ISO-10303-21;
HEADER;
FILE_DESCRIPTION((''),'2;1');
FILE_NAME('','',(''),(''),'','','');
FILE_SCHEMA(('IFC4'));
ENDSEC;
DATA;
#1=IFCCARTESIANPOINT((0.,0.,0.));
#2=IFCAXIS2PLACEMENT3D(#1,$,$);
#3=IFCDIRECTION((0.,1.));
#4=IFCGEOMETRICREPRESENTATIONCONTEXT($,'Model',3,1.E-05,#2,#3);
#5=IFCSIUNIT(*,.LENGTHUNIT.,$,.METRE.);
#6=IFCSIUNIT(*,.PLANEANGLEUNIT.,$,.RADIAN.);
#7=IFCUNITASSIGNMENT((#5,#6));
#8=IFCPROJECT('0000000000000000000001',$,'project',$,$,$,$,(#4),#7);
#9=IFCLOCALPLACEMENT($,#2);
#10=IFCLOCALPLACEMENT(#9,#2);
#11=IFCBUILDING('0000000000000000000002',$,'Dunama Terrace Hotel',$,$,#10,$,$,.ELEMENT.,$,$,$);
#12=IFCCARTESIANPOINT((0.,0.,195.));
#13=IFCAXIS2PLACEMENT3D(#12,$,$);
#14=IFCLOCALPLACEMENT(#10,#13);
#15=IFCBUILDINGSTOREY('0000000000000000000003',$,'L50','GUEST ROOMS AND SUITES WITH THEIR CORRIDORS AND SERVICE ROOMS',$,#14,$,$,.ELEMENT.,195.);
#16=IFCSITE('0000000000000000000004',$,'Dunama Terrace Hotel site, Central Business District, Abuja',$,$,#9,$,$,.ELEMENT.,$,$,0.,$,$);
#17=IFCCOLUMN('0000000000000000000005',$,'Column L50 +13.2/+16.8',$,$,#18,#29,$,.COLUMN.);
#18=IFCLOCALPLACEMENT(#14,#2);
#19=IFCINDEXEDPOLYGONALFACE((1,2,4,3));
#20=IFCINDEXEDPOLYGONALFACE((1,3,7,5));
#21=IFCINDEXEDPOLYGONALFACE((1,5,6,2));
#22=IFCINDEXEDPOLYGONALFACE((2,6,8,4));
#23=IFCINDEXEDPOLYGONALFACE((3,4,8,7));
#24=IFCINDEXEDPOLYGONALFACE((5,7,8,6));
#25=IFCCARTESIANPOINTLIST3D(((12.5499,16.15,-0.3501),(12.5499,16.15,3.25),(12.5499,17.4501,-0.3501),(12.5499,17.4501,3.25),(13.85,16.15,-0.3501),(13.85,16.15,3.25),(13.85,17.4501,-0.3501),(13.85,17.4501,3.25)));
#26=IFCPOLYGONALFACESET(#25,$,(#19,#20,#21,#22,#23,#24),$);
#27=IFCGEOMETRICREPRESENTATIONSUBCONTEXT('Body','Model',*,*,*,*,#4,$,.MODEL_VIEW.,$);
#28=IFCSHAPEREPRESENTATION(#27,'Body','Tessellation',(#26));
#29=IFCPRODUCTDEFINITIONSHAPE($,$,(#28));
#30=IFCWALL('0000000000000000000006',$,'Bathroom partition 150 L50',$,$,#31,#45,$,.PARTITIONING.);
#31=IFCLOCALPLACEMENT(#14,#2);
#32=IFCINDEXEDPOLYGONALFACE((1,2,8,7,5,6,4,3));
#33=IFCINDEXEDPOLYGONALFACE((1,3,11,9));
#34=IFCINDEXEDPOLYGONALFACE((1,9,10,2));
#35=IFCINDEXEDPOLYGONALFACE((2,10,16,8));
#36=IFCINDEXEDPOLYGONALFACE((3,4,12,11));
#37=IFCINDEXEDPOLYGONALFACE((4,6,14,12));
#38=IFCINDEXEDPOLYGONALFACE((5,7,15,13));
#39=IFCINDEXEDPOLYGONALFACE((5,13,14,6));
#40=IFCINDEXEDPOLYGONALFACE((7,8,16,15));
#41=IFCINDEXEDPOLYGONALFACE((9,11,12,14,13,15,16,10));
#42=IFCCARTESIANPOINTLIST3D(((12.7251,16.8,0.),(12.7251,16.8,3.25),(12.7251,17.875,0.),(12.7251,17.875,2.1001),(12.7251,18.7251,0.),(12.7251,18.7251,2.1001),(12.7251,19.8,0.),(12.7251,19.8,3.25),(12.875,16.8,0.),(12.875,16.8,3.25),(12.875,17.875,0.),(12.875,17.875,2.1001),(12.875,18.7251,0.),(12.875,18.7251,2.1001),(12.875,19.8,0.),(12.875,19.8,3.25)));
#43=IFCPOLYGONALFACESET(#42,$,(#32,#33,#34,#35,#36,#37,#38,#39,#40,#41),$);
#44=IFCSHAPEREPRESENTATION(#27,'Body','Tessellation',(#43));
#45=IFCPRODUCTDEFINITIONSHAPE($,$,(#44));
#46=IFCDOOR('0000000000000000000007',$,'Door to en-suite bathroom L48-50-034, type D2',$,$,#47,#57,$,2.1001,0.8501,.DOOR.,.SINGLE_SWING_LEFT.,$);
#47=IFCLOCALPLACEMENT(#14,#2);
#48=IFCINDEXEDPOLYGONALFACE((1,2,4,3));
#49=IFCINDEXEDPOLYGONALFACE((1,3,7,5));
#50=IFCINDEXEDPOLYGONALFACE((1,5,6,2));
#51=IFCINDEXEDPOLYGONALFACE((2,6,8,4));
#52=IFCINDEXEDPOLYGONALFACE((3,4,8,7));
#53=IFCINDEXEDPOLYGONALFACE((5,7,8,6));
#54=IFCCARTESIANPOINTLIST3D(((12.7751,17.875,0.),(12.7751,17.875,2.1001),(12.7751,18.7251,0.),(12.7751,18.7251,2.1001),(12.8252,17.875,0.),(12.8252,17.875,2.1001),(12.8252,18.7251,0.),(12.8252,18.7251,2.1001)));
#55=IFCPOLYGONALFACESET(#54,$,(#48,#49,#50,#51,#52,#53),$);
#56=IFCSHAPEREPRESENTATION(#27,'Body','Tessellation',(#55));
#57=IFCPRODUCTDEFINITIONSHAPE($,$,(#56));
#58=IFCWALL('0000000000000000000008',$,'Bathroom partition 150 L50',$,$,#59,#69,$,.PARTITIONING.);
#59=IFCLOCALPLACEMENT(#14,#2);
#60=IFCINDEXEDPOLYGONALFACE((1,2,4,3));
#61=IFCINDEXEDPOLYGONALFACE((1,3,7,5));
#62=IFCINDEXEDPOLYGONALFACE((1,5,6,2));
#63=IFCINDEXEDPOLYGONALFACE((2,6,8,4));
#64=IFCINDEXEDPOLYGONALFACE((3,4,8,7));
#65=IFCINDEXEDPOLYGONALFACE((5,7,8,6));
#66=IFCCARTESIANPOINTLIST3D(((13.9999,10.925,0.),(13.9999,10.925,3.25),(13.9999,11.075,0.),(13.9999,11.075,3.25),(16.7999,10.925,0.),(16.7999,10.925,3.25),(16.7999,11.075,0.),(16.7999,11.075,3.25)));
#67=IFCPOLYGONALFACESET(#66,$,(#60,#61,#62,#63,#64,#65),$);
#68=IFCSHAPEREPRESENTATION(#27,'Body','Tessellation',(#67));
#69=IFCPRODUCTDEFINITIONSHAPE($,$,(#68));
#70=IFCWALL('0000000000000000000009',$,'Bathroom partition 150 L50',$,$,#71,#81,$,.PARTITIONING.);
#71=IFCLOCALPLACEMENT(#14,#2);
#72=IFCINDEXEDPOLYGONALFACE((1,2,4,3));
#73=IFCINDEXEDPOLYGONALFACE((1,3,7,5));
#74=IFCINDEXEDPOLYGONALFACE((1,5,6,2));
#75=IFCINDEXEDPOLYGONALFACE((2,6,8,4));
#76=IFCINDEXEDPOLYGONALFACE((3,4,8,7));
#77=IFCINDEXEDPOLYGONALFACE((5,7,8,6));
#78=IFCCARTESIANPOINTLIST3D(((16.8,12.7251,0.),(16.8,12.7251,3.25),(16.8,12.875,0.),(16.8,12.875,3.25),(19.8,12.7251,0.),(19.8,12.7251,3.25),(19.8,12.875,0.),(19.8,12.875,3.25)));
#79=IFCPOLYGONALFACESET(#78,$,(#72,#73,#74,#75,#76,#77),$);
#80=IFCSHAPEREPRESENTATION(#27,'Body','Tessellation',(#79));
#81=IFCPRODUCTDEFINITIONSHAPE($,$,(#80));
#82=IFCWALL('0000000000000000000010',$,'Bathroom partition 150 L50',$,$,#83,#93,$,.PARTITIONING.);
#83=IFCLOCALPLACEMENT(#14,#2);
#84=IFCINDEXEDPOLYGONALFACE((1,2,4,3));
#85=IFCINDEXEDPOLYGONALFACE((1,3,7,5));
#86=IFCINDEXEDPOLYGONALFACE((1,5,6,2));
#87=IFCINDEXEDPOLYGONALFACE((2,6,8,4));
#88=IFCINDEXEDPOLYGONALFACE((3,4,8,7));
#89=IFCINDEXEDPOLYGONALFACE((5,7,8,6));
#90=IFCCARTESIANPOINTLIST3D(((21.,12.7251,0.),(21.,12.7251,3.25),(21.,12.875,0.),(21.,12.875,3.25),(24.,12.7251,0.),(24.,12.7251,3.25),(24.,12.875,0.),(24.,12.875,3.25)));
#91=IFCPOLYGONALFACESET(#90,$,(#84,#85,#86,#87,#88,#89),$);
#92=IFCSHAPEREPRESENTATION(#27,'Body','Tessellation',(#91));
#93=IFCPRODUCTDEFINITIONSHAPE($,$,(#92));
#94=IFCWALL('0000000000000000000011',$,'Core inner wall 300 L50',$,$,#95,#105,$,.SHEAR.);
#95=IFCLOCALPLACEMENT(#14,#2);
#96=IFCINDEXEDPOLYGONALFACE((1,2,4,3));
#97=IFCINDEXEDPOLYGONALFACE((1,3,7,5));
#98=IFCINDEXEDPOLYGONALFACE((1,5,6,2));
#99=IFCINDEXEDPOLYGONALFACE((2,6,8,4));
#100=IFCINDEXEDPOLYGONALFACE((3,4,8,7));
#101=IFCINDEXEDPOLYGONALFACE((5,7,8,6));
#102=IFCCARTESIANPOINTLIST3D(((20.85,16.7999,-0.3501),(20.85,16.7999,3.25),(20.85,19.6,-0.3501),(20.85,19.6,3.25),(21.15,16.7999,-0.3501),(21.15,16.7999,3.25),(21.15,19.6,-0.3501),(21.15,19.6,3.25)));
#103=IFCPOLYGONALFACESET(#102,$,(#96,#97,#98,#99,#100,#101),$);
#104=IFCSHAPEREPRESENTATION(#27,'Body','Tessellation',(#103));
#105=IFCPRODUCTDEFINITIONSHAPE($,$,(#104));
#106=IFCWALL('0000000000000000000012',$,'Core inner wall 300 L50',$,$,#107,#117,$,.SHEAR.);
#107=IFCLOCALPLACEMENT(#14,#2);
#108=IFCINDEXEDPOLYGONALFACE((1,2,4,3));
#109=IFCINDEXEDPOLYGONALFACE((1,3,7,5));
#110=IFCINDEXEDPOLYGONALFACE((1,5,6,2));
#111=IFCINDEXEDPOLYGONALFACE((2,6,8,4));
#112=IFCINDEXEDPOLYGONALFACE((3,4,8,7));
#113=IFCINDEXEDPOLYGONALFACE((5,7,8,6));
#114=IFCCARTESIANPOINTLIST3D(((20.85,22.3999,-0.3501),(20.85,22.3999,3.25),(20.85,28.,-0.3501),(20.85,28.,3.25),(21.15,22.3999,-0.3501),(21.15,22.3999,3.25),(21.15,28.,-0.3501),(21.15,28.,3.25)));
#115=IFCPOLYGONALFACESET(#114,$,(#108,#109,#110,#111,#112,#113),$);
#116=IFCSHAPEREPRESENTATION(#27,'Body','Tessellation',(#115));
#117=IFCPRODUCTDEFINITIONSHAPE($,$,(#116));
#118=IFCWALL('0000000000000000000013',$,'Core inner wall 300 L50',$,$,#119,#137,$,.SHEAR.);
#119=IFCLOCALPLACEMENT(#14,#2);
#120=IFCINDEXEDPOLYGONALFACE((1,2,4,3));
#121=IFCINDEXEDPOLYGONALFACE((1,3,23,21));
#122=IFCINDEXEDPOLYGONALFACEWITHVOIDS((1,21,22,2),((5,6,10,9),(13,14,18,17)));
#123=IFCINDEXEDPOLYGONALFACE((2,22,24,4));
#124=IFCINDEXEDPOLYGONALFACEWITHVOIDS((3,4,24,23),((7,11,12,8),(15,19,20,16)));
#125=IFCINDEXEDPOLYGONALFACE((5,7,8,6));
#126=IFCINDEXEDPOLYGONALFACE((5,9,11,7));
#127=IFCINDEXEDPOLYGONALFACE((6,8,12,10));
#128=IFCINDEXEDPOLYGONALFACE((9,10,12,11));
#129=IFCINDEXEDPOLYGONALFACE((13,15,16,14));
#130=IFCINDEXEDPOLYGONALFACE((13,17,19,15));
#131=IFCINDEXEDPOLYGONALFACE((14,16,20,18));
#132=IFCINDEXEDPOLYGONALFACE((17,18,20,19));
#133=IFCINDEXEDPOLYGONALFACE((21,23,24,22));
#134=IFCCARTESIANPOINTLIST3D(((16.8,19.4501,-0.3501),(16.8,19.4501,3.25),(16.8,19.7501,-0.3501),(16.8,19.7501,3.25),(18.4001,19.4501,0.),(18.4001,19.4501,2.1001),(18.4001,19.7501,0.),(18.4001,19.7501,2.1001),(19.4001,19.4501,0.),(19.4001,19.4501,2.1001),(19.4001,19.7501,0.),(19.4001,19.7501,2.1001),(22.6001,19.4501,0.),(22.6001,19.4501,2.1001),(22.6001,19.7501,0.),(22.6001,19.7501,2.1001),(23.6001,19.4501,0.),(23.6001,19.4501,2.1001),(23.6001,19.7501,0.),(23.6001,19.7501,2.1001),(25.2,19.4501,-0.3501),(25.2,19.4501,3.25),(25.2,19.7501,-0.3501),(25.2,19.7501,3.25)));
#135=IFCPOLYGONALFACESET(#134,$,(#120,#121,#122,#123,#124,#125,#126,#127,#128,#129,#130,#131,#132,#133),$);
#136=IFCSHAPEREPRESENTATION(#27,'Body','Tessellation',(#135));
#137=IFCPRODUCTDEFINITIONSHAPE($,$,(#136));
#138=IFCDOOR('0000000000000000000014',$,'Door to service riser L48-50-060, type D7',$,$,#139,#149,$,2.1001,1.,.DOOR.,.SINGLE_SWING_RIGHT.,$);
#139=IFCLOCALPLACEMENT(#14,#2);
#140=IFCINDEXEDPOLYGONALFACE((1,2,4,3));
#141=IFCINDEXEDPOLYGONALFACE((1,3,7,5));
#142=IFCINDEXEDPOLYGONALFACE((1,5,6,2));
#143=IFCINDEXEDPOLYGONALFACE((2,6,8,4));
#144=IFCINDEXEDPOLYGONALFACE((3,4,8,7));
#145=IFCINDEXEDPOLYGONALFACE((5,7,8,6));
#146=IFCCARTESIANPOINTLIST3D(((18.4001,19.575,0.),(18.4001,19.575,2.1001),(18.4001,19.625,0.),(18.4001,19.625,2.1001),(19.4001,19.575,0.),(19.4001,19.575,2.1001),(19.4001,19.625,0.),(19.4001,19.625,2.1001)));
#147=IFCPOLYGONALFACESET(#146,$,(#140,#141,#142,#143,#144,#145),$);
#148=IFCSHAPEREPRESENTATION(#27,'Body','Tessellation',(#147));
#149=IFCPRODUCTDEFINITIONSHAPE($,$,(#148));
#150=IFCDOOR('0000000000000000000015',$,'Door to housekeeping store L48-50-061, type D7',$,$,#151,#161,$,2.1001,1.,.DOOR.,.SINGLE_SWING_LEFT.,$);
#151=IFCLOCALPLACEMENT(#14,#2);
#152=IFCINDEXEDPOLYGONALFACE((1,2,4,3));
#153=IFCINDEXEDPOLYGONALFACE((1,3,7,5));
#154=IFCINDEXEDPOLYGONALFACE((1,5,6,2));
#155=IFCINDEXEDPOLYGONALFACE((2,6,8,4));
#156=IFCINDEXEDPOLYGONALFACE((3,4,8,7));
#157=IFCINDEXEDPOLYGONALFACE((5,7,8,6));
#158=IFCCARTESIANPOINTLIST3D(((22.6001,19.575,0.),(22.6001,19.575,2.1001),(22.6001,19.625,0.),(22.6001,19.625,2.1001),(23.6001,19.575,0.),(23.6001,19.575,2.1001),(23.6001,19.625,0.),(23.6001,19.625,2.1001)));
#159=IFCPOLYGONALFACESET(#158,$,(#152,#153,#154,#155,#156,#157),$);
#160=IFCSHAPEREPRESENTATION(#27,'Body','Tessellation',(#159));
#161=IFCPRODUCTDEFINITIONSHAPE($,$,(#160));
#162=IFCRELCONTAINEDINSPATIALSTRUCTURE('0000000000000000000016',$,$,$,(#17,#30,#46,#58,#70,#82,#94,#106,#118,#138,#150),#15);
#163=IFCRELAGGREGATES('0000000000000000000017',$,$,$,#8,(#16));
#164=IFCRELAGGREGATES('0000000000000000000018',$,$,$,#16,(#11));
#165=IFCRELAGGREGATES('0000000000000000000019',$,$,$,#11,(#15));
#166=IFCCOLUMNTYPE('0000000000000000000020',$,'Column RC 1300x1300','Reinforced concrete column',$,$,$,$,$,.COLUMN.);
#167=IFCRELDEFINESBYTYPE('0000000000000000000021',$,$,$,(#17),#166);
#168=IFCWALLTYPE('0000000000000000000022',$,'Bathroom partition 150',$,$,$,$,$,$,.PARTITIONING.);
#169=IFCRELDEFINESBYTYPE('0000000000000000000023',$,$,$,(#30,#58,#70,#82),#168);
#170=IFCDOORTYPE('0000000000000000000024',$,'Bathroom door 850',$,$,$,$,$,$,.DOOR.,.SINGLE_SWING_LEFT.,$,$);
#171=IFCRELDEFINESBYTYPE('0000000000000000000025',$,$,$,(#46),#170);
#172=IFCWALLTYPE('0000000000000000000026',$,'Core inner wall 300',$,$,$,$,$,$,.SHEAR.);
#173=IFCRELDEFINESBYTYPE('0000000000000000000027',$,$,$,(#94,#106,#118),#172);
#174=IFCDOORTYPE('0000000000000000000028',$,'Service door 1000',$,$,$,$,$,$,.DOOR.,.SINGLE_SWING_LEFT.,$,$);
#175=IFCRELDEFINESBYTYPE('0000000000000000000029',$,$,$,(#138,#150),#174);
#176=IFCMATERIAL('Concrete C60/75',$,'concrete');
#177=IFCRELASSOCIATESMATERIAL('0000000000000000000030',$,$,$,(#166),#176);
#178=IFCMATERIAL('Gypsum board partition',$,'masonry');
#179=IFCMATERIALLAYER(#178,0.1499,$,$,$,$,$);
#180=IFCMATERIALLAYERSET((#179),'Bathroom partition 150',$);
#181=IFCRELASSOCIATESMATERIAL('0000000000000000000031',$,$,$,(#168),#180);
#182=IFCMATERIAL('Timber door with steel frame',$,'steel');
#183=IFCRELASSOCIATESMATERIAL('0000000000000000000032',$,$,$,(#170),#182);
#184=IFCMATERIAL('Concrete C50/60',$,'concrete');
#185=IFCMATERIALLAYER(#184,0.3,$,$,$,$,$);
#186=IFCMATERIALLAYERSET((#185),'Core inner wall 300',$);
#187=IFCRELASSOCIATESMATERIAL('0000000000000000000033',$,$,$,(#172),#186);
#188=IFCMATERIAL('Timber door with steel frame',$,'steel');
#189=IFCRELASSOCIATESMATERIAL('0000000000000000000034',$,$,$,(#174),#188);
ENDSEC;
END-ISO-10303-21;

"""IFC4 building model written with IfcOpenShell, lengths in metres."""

from ifc_helpers import new_model, si_unit, direction, frame, frame_2d, origin, origin_2d, place, context, subcontext, project, spatial, rectangle, extrude, material, layer, layer_set, material_profile, profile_set, type_object, element, fill, save


model = new_model("IFC4")

# Units and contexts
model_context = context("Model", 3, precision=1e-05, world=origin(), true_north=direction((0.0, 1.0)))
body_context = subcontext(model_context, "Body", "Model", "MODEL_VIEW")
ifc_project = project(units=[si_unit("LENGTHUNIT", "METRE"), si_unit("PLANEANGLEUNIT", "RADIAN")], contexts=[model_context])

# Site, building, storey
site_placement = place(None, origin())
site = spatial("IfcSite", under=ifc_project, at=site_placement, Name="Dunama Terrace Hotel site, Central Business District, Abuja", CompositionType="ELEMENT", RefElevation=0.0)
building_placement = place(site_placement, origin())
building = spatial("IfcBuilding", under=site, at=building_placement, Name="Dunama Terrace Hotel", CompositionType="ELEMENT")
storey_placement = place(building_placement, frame((0.0, 0.0, 195.0)))
storey = spatial("IfcBuildingStorey", under=building, at=storey_placement, Name="L50", Description="GUEST ROOMS AND SUITES WITH THEIR CORRIDORS AND SERVICE ROOMS", CompositionType="ELEMENT", Elevation=195.0)

# Column
ifc_material_1 = material(Name="Concrete C60/75", Category="concrete")
ifc_material_profile = material_profile(ifc_material_1, rectangle(XDim=1.3, YDim=1.3, at=origin_2d()), Name="RC 1300x1300")
ifc_profile_set = profile_set([ifc_material_profile], Name="Concrete C60/75")
column_type = type_object("IfcColumnType", Name="Column RC 1300x1300", Description="Reinforced concrete column", PredefinedType="COLUMN", material=ifc_profile_set)
column_placement = place(storey_placement, frame((13.2, 16.8, -0.3501), z_axis=(0.0, 0.0, 1.0), x_axis=(1.0, 0.0, 0.0)))
element("IfcColumn", 1, at=column_placement, inside=storey, type_object=column_type, Name="Column L50 +13.2/+16.8", PredefinedType="COLUMN", context=body_context, shape_type="SweptSolid", body=[
    extrude(rectangle(XDim=1.3, YDim=1.3, at=origin_2d()), origin(), (0.0, 0.0, 1.0), 3.6001),
])

# Wall, opening, door
ifc_material_2 = material(Name="Gypsum board partition", Category="masonry")
ifc_layer_1 = layer(ifc_material_2, 0.1499)
ifc_layer_set_1 = layer_set([ifc_layer_1], Name="Bathroom partition 150")
wall_type_1 = type_object("IfcWallType", Name="Bathroom partition 150", PredefinedType="PARTITIONING", material=ifc_layer_set_1)
wall_1_placement = place(storey_placement, frame((12.8, 16.8, 0.0), z_axis=(0.0, 0.0, 1.0), x_axis=(0.0, 1.0, 0.0)))
wall_1 = element("IfcWall", 2, at=wall_1_placement, inside=storey, type_object=wall_type_1, Name="Bathroom partition 150 L50", PredefinedType="PARTITIONING", context=body_context, shape_type="SweptSolid", body=[
    extrude(rectangle(XDim=3.0, YDim=0.1499, at=frame_2d((1.5, 0.0))), origin(), (0.0, 0.0, 1.0), 3.25),
])
opening_1_placement = place(wall_1_placement, frame((1.075, 0.0, 0.0)))
opening_1 = element("IfcOpeningElement", 3, at=opening_1_placement, cuts=wall_1, PredefinedType="OPENING", context=body_context, shape_type="SweptSolid", body=[
    extrude(rectangle(XDim=0.8501, YDim=2.1001, at=frame_2d((0.425, 1.05))), frame((0.0, 0.085, 0.0), z_axis=(0.0, -1.0, 0.0), x_axis=(1.0, 0.0, 0.0)), (0.0, 0.0, 1.0), 0.1699),
])
ifc_material_3 = material(Name="Timber door with steel frame", Category="steel")
door_type_1 = type_object("IfcDoorType", Name="Bathroom door 850", OperationType="SINGLE_SWING_LEFT", PredefinedType="DOOR", material=ifc_material_3)
door_1_placement = place(opening_1_placement, origin())
door_1 = element("IfcDoor", 4, at=door_1_placement, inside=storey, type_object=door_type_1, Name="Door to en-suite bathroom L48-50-034, type D2", OperationType="SINGLE_SWING_LEFT", OverallHeight=2.1001, OverallWidth=0.8501, PredefinedType="DOOR", context=body_context, shape_type="SweptSolid", body=[
    extrude(rectangle(XDim=0.8501, YDim=2.1001, at=frame_2d((0.425, 1.05))), frame((0.0, 0.0249, 0.0), z_axis=(0.0, -1.0, 0.0), x_axis=(1.0, 0.0, 0.0)), (0.0, 0.0, 1.0), 0.05),
])
fill(opening_1, door_1)

# Walls
wall_2_placement = place(storey_placement, frame((14.0, 11.0, 0.0), z_axis=(0.0, 0.0, 1.0), x_axis=(1.0, 0.0, 0.0)))
element("IfcWall", 5, at=wall_2_placement, inside=storey, type_object=wall_type_1, Name="Bathroom partition 150 L50", PredefinedType="PARTITIONING", context=body_context, shape_type="SweptSolid", body=[
    extrude(rectangle(XDim=2.8, YDim=0.1499, at=frame_2d((1.3999, 0.0))), origin(), (0.0, 0.0, 1.0), 3.25),
])
for number, where, z_axis, x_axis, name in (
    (6, (16.8, 12.8, 0.0), (0.0, 0.0, 1.0), (1.0, 0.0, 0.0), "Bathroom partition 150 L50"),
    (7, (21.0, 12.8, 0.0), (0.0, 0.0, 1.0), (1.0, 0.0, 0.0), "Bathroom partition 150 L50"),
):
    element("IfcWall", number, at=place(storey_placement, frame(where, z_axis=z_axis, x_axis=x_axis)), inside=storey, type_object=wall_type_1, Name=name, PredefinedType="PARTITIONING", context=body_context, shape_type="SweptSolid", body=[
        extrude(rectangle(XDim=3.0, YDim=0.1499, at=frame_2d((1.5, 0.0))), origin(), (0.0, 0.0, 1.0), 3.25),
    ])
ifc_material_4 = material(Name="Concrete C50/60", Category="concrete")
ifc_layer_2 = layer(ifc_material_4, 0.3)
ifc_layer_set_2 = layer_set([ifc_layer_2], Name="Core inner wall 300")
wall_type_2 = type_object("IfcWallType", Name="Core inner wall 300", PredefinedType="SHEAR", material=ifc_layer_set_2)
wall_3_placement = place(storey_placement, frame((21.0, 16.8, -0.3501), z_axis=(0.0, 0.0, 1.0), x_axis=(0.0, 1.0, 0.0)))
element("IfcWall", 8, at=wall_3_placement, inside=storey, type_object=wall_type_2, Name="Core inner wall 300 L50", PredefinedType="SHEAR", context=body_context, shape_type="SweptSolid", body=[
    extrude(rectangle(XDim=2.8, YDim=0.3, at=frame_2d((1.3999, 0.0))), origin(), (0.0, 0.0, 1.0), 3.6001),
])
wall_4_placement = place(storey_placement, frame((21.0, 22.3999, -0.3501), z_axis=(0.0, 0.0, 1.0), x_axis=(0.0, 1.0, 0.0)))
element("IfcWall", 9, at=wall_4_placement, inside=storey, type_object=wall_type_2, Name="Core inner wall 300 L50", PredefinedType="SHEAR", context=body_context, shape_type="SweptSolid", body=[
    extrude(rectangle(XDim=5.6001, YDim=0.3, at=frame_2d((2.8, 0.0))), origin(), (0.0, 0.0, 1.0), 3.6001),
])

# Wall, openings, doors
wall_5_placement = place(storey_placement, frame((16.8, 19.6001, -0.3501), z_axis=(0.0, 0.0, 1.0), x_axis=(1.0, 0.0, 0.0)))
wall_5 = element("IfcWall", 10, at=wall_5_placement, inside=storey, type_object=wall_type_2, Name="Core inner wall 300 L50", PredefinedType="SHEAR", context=body_context, shape_type="SweptSolid", body=[
    extrude(rectangle(XDim=8.3999, YDim=0.3, at=frame_2d((4.2, 0.0))), origin(), (0.0, 0.0, 1.0), 3.6001),
])
opening_2_placement = place(wall_5_placement, frame((1.6001, 0.0, 0.3501)))
opening_2 = element("IfcOpeningElement", 11, at=opening_2_placement, cuts=wall_5, PredefinedType="OPENING", context=body_context, shape_type="SweptSolid", body=[
    extrude(rectangle(XDim=1.0, YDim=2.1001, at=frame_2d((0.5, 1.05))), frame((0.0, 0.1599, 0.0), z_axis=(0.0, -1.0, 0.0), x_axis=(1.0, 0.0, 0.0)), (0.0, 0.0, 1.0), 0.3201),
])
opening_3_placement = place(wall_5_placement, frame((5.8, 0.0, 0.3501)))
opening_3 = element("IfcOpeningElement", 12, at=opening_3_placement, cuts=wall_5, PredefinedType="OPENING", context=body_context, shape_type="SweptSolid", body=[
    extrude(rectangle(XDim=1.0, YDim=2.1001, at=frame_2d((0.5, 1.05))), frame((0.0, 0.1599, 0.0), z_axis=(0.0, -1.0, 0.0), x_axis=(1.0, 0.0, 0.0)), (0.0, 0.0, 1.0), 0.3201),
])
ifc_material_5 = material(Name="Timber door with steel frame", Category="steel")
door_type_2 = type_object("IfcDoorType", Name="Service door 1000", OperationType="SINGLE_SWING_LEFT", PredefinedType="DOOR", material=ifc_material_5)
door_2_placement = place(opening_2_placement, frame((1.0, 0.0, 0.0), z_axis=(0.0, 0.0, 1.0), x_axis=(-1.0, 0.0, 0.0)))
door_2 = element("IfcDoor", 13, at=door_2_placement, inside=storey, type_object=door_type_2, Name="Door to service riser L48-50-060, type D7", OperationType="SINGLE_SWING_RIGHT", OverallHeight=2.1001, OverallWidth=1.0, PredefinedType="DOOR", context=body_context, shape_type="SweptSolid", body=[
    extrude(rectangle(XDim=1.0, YDim=2.1001, at=frame_2d((0.5, 1.05))), frame((0.0, 0.0251, 0.0), z_axis=(0.0, -1.0, 0.0), x_axis=(1.0, 0.0, 0.0)), (0.0, 0.0, 1.0), 0.05),
])
fill(opening_2, door_2)
door_3_placement = place(opening_3_placement, frame((1.0, 0.0, 0.0), z_axis=(0.0, 0.0, 1.0), x_axis=(-1.0, 0.0, 0.0)))
door_3 = element("IfcDoor", 14, at=door_3_placement, inside=storey, type_object=door_type_2, Name="Door to housekeeping store L48-50-061, type D7", OperationType="SINGLE_SWING_LEFT", OverallHeight=2.1001, OverallWidth=1.0, PredefinedType="DOOR", context=body_context, shape_type="SweptSolid", body=[
    extrude(rectangle(XDim=1.0, YDim=2.1001, at=frame_2d((0.5, 1.05))), frame((0.0, 0.0251, 0.0), z_axis=(0.0, -1.0, 0.0), x_axis=(1.0, 0.0, 0.0)), (0.0, 0.0, 1.0), 0.05),
])
fill(opening_3, door_3)

save(model, "model.ifc")
